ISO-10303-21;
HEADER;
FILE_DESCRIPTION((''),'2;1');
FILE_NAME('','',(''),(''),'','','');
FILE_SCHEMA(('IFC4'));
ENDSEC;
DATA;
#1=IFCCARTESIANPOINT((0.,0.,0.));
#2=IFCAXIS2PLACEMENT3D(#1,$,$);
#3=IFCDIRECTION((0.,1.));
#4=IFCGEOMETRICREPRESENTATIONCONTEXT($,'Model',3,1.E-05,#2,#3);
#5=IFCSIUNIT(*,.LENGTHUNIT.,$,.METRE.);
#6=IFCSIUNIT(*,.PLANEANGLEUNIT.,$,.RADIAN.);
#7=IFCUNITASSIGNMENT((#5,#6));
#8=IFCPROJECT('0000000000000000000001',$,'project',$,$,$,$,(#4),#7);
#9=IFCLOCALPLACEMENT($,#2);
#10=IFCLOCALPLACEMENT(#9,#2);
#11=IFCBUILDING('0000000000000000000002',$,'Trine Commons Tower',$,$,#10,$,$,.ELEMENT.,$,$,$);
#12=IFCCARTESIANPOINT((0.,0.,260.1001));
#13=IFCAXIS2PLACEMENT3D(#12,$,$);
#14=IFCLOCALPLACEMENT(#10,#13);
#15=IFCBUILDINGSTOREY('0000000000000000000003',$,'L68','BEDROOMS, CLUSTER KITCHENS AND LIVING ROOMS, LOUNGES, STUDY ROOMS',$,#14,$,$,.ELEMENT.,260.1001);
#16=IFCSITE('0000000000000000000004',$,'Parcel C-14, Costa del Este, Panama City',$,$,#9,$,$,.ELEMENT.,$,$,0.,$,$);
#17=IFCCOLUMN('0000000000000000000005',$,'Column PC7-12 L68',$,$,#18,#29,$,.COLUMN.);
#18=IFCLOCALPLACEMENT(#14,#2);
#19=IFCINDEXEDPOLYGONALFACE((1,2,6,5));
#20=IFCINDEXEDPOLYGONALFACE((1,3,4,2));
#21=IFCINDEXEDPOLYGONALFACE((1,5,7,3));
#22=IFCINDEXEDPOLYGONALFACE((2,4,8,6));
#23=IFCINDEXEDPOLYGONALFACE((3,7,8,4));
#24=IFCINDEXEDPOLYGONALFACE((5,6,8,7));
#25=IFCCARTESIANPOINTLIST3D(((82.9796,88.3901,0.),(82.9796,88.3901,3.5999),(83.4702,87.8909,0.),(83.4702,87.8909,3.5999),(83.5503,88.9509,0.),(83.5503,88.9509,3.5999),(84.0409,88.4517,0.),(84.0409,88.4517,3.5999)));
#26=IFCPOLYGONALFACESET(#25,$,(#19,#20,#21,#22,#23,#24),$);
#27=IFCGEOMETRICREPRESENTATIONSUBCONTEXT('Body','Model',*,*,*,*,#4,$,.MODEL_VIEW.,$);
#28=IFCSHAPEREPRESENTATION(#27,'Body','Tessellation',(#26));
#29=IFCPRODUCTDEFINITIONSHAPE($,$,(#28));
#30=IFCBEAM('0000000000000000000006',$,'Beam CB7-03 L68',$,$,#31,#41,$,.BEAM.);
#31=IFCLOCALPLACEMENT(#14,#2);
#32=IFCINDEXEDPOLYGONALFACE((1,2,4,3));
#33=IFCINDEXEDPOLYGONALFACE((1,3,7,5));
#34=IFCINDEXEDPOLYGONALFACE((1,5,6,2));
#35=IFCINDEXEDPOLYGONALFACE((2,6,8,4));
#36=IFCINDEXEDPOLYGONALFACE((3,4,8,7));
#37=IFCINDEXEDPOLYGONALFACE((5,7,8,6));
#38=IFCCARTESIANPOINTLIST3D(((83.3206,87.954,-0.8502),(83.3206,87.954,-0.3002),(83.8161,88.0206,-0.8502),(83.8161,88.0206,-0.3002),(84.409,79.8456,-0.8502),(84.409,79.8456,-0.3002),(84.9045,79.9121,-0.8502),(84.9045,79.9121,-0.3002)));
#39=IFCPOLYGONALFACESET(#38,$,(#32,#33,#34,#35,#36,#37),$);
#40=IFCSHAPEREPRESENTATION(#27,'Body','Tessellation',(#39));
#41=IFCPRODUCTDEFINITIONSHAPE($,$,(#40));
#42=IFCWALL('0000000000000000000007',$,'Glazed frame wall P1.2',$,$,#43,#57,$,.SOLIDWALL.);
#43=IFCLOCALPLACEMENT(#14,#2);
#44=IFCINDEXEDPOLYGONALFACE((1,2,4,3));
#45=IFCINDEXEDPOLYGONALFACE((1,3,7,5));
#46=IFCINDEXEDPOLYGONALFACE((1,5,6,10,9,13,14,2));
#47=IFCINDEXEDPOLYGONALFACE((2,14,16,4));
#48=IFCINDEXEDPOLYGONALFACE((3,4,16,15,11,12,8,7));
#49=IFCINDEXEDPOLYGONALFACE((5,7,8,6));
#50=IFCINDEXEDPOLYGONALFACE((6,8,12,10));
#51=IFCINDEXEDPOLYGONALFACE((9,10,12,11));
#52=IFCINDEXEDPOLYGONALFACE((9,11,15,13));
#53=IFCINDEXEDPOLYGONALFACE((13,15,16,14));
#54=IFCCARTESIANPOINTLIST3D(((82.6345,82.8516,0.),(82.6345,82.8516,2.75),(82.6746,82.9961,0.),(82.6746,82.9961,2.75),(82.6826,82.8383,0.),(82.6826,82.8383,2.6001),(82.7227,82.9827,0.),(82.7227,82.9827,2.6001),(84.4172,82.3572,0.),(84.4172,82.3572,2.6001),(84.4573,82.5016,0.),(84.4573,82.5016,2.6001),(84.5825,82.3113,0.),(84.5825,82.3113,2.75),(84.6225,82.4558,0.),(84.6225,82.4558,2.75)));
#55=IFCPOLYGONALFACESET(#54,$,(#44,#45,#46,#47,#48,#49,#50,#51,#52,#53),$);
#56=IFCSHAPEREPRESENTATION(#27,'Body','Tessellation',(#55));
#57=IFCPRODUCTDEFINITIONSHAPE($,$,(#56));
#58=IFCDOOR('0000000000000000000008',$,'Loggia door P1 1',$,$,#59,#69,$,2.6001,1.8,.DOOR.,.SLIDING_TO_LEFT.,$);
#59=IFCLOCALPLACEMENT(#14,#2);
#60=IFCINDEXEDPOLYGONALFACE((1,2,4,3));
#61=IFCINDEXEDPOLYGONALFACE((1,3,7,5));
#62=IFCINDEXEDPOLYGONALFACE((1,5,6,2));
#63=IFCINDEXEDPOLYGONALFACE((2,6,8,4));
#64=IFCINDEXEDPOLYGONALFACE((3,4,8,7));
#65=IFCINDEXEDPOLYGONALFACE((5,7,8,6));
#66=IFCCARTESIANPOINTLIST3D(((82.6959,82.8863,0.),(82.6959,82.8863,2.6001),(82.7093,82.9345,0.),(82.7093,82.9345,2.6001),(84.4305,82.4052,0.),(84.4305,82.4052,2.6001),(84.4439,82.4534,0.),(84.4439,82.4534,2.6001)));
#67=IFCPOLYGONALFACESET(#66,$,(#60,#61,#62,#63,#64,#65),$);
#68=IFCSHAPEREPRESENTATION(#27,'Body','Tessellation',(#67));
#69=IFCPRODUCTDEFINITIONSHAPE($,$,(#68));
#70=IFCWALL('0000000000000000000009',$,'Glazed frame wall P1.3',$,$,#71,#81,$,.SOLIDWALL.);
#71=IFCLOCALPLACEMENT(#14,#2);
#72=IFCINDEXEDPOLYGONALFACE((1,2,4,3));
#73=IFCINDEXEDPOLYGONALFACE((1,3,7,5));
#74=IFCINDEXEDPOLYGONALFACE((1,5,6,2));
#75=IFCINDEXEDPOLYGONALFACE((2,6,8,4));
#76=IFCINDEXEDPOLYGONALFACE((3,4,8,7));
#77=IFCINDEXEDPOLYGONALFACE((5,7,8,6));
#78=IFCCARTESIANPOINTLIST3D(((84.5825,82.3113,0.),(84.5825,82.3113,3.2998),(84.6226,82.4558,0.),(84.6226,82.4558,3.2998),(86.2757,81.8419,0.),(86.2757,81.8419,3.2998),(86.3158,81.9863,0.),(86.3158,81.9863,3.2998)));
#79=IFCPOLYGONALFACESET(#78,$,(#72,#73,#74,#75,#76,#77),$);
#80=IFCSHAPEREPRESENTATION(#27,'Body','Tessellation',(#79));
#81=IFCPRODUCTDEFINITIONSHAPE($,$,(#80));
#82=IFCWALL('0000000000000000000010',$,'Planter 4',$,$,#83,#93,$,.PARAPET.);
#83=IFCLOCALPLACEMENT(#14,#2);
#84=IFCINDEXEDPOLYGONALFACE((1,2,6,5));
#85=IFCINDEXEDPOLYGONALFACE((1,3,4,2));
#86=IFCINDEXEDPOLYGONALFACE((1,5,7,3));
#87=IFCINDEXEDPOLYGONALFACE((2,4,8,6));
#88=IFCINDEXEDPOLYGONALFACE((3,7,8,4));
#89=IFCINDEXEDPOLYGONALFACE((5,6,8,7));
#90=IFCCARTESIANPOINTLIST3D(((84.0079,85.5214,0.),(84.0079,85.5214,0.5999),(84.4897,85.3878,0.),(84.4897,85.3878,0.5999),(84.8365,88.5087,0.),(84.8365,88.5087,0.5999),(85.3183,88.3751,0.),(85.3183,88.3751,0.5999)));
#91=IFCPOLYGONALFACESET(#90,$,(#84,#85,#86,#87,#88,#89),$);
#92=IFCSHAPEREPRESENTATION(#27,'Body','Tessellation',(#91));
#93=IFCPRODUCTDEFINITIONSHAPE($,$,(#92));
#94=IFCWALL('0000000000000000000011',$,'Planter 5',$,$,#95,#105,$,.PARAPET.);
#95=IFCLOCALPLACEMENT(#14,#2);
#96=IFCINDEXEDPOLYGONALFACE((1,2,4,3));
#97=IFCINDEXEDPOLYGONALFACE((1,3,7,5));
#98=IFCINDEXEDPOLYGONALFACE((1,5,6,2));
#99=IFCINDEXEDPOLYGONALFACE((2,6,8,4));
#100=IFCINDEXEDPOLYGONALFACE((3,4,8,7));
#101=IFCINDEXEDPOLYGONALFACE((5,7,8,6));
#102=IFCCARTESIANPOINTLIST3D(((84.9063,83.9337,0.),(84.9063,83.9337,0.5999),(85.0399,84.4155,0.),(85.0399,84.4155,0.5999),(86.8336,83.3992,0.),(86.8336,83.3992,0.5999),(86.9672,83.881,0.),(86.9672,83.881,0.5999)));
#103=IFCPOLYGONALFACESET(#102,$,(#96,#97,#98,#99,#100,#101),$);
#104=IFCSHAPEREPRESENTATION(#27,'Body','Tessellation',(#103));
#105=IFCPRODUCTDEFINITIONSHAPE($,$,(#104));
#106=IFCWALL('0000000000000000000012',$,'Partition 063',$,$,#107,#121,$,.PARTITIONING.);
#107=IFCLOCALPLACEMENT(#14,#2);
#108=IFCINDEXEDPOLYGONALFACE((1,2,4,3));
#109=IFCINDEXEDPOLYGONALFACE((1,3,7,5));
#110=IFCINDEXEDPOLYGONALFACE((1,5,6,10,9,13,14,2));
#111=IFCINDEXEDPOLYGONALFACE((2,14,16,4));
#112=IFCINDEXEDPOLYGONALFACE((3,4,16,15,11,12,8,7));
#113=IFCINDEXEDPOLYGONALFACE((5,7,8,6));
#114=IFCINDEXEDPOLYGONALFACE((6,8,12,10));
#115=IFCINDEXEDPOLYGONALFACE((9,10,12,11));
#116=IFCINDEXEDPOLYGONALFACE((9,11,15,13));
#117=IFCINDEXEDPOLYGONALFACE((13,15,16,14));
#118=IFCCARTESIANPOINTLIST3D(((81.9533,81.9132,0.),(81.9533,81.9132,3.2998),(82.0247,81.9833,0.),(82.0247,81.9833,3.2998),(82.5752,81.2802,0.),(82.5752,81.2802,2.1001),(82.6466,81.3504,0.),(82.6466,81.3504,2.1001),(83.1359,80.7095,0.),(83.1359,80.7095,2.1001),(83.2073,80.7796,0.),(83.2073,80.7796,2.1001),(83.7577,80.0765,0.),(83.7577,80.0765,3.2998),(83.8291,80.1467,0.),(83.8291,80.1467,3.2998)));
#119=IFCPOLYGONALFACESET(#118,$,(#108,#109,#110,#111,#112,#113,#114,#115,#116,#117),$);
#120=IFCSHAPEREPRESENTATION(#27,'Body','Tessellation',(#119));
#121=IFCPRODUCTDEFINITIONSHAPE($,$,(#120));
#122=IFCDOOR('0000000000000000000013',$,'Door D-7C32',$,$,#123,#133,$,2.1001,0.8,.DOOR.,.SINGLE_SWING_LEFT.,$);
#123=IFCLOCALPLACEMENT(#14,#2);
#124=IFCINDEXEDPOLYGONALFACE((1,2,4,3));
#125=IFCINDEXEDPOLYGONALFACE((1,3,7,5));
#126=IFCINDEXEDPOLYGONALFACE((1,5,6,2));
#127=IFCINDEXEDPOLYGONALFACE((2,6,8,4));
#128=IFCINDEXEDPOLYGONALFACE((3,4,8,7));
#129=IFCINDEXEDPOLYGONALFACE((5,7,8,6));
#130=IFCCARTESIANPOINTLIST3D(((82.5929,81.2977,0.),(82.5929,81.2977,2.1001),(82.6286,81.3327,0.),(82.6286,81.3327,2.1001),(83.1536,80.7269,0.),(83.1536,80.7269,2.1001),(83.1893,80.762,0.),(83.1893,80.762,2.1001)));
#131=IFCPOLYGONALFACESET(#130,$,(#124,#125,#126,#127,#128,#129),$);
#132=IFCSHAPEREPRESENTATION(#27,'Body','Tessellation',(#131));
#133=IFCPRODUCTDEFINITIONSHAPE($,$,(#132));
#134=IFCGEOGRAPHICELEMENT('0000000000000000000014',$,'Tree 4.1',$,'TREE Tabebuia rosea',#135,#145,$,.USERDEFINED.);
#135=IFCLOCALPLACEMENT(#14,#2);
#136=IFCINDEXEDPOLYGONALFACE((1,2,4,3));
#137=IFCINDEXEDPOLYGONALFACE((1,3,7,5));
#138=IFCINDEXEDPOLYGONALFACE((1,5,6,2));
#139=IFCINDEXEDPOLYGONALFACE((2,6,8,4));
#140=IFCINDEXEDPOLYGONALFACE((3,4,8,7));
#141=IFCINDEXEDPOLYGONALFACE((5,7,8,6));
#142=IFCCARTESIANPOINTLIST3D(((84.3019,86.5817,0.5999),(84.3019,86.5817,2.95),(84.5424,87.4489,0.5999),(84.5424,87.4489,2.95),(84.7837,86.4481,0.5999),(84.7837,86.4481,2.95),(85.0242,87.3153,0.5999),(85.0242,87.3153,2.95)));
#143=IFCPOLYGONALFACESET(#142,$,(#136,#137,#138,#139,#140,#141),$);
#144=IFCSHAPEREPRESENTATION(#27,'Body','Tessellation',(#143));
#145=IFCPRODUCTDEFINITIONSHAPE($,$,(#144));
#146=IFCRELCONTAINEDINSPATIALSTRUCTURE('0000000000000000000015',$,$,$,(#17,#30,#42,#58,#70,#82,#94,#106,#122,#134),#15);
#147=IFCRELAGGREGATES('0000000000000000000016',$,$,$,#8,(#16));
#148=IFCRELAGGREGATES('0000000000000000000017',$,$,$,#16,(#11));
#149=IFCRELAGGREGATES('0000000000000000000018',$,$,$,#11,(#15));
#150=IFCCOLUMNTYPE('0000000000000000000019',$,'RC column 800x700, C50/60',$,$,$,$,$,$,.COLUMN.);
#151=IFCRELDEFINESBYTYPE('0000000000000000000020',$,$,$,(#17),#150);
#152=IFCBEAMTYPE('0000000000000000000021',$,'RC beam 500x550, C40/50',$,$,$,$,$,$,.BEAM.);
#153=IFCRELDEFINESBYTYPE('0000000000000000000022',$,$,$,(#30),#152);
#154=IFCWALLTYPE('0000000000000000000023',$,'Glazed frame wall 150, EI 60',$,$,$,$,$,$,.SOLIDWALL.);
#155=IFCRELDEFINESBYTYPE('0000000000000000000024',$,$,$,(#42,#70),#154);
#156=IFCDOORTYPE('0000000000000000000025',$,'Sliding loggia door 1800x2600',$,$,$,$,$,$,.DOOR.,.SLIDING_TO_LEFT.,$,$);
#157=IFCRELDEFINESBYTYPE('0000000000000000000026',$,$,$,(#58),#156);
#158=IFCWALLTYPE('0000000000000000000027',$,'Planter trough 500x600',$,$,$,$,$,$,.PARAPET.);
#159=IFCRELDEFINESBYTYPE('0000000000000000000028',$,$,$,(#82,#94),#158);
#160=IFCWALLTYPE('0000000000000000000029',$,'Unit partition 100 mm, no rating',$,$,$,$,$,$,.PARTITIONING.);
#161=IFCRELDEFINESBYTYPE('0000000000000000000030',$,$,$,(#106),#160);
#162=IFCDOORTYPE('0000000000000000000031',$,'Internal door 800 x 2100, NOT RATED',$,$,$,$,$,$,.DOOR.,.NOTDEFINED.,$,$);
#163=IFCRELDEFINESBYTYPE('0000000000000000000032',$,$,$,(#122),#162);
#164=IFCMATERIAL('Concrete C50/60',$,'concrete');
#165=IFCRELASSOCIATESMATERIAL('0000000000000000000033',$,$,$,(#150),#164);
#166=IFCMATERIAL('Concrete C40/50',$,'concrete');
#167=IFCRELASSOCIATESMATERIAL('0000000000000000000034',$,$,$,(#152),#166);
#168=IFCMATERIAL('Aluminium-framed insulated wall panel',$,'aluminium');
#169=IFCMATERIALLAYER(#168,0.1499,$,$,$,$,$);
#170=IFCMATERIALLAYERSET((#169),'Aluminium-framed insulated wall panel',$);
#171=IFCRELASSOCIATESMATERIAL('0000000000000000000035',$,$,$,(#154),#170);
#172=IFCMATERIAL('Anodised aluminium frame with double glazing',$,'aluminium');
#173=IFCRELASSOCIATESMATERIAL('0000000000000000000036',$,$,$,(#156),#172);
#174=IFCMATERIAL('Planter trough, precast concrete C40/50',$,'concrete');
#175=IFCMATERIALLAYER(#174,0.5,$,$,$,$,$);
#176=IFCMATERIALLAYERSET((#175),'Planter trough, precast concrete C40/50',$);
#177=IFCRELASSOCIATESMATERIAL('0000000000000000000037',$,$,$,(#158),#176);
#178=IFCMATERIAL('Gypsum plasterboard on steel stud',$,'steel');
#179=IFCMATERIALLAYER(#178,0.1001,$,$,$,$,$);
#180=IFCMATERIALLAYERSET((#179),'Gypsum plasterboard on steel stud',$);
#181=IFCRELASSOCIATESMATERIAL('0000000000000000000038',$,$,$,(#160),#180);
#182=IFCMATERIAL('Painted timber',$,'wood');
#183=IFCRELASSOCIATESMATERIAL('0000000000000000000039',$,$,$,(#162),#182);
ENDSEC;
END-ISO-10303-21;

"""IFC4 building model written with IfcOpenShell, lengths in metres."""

from ifc_helpers import new_model, si_unit, direction, frame, frame_2d, origin, origin_2d, place, context, subcontext, project, spatial, polyline, rectangle, outline, extrude, material, layer, layer_set, material_profile, profile_set, type_object, element, fill, save


model = new_model("IFC4")

# Units and contexts
model_context = context("Model", 3, precision=1e-05, world=origin(), true_north=direction((0.0, 1.0)))
body_context = subcontext(model_context, "Body", "Model", "MODEL_VIEW")
ifc_project = project(units=[si_unit("LENGTHUNIT", "METRE"), si_unit("PLANEANGLEUNIT", "RADIAN")], contexts=[model_context])

# Site, building, storey
site_placement = place(None, origin())
site = spatial("IfcSite", under=ifc_project, at=site_placement, Name="Parcel C-14, Costa del Este, Panama City", CompositionType="ELEMENT", RefElevation=0.0)
building_placement = place(site_placement, origin())
building = spatial("IfcBuilding", under=site, at=building_placement, Name="Trine Commons Tower", CompositionType="ELEMENT")
storey_placement = place(building_placement, frame((0.0, 0.0, 260.1001)))
storey = spatial("IfcBuildingStorey", under=building, at=storey_placement, Name="L68", Description="BEDROOMS, CLUSTER KITCHENS AND LIVING ROOMS, LOUNGES, STUDY ROOMS", CompositionType="ELEMENT", Elevation=260.1001)

# Column
ifc_material_1 = material(Name="Concrete C50/60", Category="concrete")
ifc_material_profile_1 = material_profile(ifc_material_1, rectangle(XDim=0.8, YDim=0.7, at=origin_2d()), Name="RC 800x700")
ifc_profile_set_1 = profile_set([ifc_material_profile_1], Name="Concrete C50/60")
column_type = type_object("IfcColumnType", Name="RC column 800x700, C50/60", PredefinedType="COLUMN", material=ifc_profile_set_1)
column_placement = place(storey_placement, frame((83.5103, 88.4209, 0.0), z_axis=(0.0, 0.0, 1.0), x_axis=(0.71325, 0.700909, 0.0)))
element("IfcColumn", 1, at=column_placement, inside=storey, type_object=column_type, Name="Column PC7-12 L68", PredefinedType="COLUMN", context=body_context, shape_type="SweptSolid", body=[
    extrude(rectangle(XDim=0.8, YDim=0.7, at=origin_2d()), origin(), (0.0, 0.0, 1.0), 3.5999),
])

# Beam
ifc_material_2 = material(Name="Concrete C40/50", Category="concrete")
ifc_material_profile_2 = material_profile(ifc_material_2, rectangle(XDim=0.5, YDim=0.55, at=origin_2d()), Name="RC 500x550")
ifc_profile_set_2 = profile_set([ifc_material_profile_2], Name="Concrete C40/50")
beam_type = type_object("IfcBeamType", Name="RC beam 500x550, C40/50", PredefinedType="BEAM", material=ifc_profile_set_2)
beam_placement = place(storey_placement, frame((83.5684, 87.9873, -0.5752), z_axis=(0.133035, -0.991111, 0.0), x_axis=(0.991111, 0.133035, 0.0)))
element("IfcBeam", 2, at=beam_placement, inside=storey, type_object=beam_type, Name="Beam CB7-03 L68", PredefinedType="BEAM", context=body_context, shape_type="SweptSolid", body=[
    extrude(rectangle(XDim=0.5, YDim=0.55, at=origin_2d()), origin(), (0.0, 0.0, 1.0), 8.1812),
])

# Shared definitions
ifc_material_3 = material(Name="Aluminium-framed insulated wall panel", Category="aluminium")
ifc_layer_1 = layer(ifc_material_3, 0.1499)
ifc_layer_set_1 = layer_set([ifc_layer_1], Name="Aluminium-framed insulated wall panel")
wall_type_1 = type_object("IfcWallType", Name="Glazed frame wall 150, EI 60", PredefinedType="SOLIDWALL", material=ifc_layer_set_1)

# Wall, opening, door
wall_1_placement = place(storey_placement, frame((82.6545, 82.9238, 0.0), z_axis=(0.0, 0.0, 1.0), x_axis=(0.963623, -0.267264, 0.0)))
wall_1 = element("IfcWall", 3, at=wall_1_placement, inside=storey, type_object=wall_type_1, Name="Glazed frame wall P1.2", PredefinedType="SOLIDWALL", context=body_context, shape_type="SweptSolid", body=[
    extrude(outline(polyline([(0.0, -0.075), (2.0215, -0.075), (2.0215, 0.075), (0.0, 0.075), (0.0, -0.075)])), origin(), (0.0, 0.0, 1.0), 2.75),
])
opening_1_placement = place(wall_1_placement, frame((0.05, 0.0, 0.0)))
opening_1 = element("IfcOpeningElement", 4, at=opening_1_placement, cuts=wall_1, PredefinedType="OPENING", context=body_context, shape_type="SweptSolid", body=[
    extrude(rectangle(XDim=1.8, YDim=2.6001, at=frame_2d((0.8999, 1.3))), frame((0.0, 0.085, 0.0), z_axis=(0.0, -1.0, 0.0), x_axis=(1.0, 0.0, 0.0)), (0.0, 0.0, 1.0), 0.1699),
])
ifc_material_4 = material(Name="Anodised aluminium frame with double glazing", Category="aluminium")
door_type_1 = type_object("IfcDoorType", Name="Sliding loggia door 1800x2600", OperationType="SLIDING_TO_LEFT", PredefinedType="DOOR", material=ifc_material_4)
door_1_placement = place(opening_1_placement, origin())
door_1 = element("IfcDoor", 5, at=door_1_placement, inside=storey, type_object=door_type_1, Name="Loggia door P1 1", OperationType="SLIDING_TO_LEFT", OverallHeight=2.6001, OverallWidth=1.8, PredefinedType="DOOR", context=body_context, shape_type="SweptSolid", body=[
    extrude(rectangle(XDim=1.8, YDim=2.6001, at=frame_2d((0.8999, 1.3))), frame((0.0, 0.0249, 0.0), z_axis=(0.0, -1.0, 0.0), x_axis=(1.0, 0.0, 0.0)), (0.0, 0.0, 1.0), 0.05),
])
fill(opening_1, door_1)

# Walls
wall_2_placement = place(storey_placement, frame((84.6025, 82.3835, 0.0), z_axis=(0.0, 0.0, 1.0), x_axis=(0.963649, -0.267171, 0.0)))
element("IfcWall", 6, at=wall_2_placement, inside=storey, type_object=wall_type_1, Name="Glazed frame wall P1.3", PredefinedType="SOLIDWALL", context=body_context, shape_type="SweptSolid", body=[
    extrude(outline(polyline([(0.0, -0.075), (1.7571, -0.075), (1.7571, 0.075), (0.0, 0.075), (0.0, -0.075)])), origin(), (0.0, 0.0, 1.0), 3.2998),
])
ifc_material_5 = material(Name="Planter trough, precast concrete C40/50", Category="concrete")
ifc_layer_2 = layer(ifc_material_5, 0.5)
ifc_layer_set_2 = layer_set([ifc_layer_2], Name="Planter trough, precast concrete C40/50")
wall_type_2 = type_object("IfcWallType", Name="Planter trough 500x600", PredefinedType="PARAPET", material=ifc_layer_set_2)
wall_3_placement = place(storey_placement, frame((85.0774, 88.4419, 0.0), z_axis=(0.0, 0.0, 1.0), x_axis=(-0.267286, -0.963617, 0.0)))
element("IfcWall", 7, at=wall_3_placement, inside=storey, type_object=wall_type_2, Name="Planter 4", PredefinedType="PARAPET", context=body_context, shape_type="SweptSolid", body=[
    extrude(rectangle(XDim=3.1001, YDim=0.5, at=frame_2d((1.55, 0.0))), origin(), (0.0, 0.0, 1.0), 0.5999),
])
wall_4_placement = place(storey_placement, frame((84.9731, 84.1746, 0.0), z_axis=(0.0, 0.0, 1.0), x_axis=(0.963637, -0.267216, 0.0)))
element("IfcWall", 8, at=wall_4_placement, inside=storey, type_object=wall_type_2, Name="Planter 5", PredefinedType="PARAPET", context=body_context, shape_type="SweptSolid", body=[
    extrude(rectangle(XDim=2.0, YDim=0.5, at=frame_2d((1.0, 0.0))), origin(), (0.0, 0.0, 1.0), 0.5999),
])

# Wall, opening, door
ifc_material_6 = material(Name="Gypsum plasterboard on steel stud", Category="steel")
ifc_layer_3 = layer(ifc_material_6, 0.1001)
ifc_layer_set_3 = layer_set([ifc_layer_3], Name="Gypsum plasterboard on steel stud")
wall_type_3 = type_object("IfcWallType", Name="Unit partition 100 mm, no rating", PredefinedType="PARTITIONING", material=ifc_layer_set_3)
wall_5_placement = place(storey_placement, frame((81.989, 81.9482, 0.0), z_axis=(0.0, 0.0, 1.0), x_axis=(0.700821, -0.713337, 0.0)))
wall_5 = element("IfcWall", 9, at=wall_5_placement, inside=storey, type_object=wall_type_3, Name="Partition 063", PredefinedType="PARTITIONING", context=body_context, shape_type="SweptSolid", body=[
    extrude(rectangle(XDim=2.5747, YDim=0.1001, at=frame_2d((1.2874, 0.0))), origin(), (0.0, 0.0, 1.0), 3.2998),
])
opening_2_placement = place(wall_5_placement, frame((0.8875, 0.0, 0.0)))
opening_2 = element("IfcOpeningElement", 10, at=opening_2_placement, cuts=wall_5, PredefinedType="OPENING", context=body_context, shape_type="SweptSolid", body=[
    extrude(rectangle(XDim=0.8, YDim=2.1001, at=frame_2d((0.3999, 1.05))), frame((0.0, 0.0601, 0.0), z_axis=(0.0, -1.0, 0.0), x_axis=(1.0, 0.0, 0.0)), (0.0, 0.0, 1.0), 0.1201),
])
ifc_material_7 = material(Name="Painted timber", Category="wood")
door_type_2 = type_object("IfcDoorType", Name="Internal door 800 x 2100, NOT RATED", OperationType="NOTDEFINED", PredefinedType="DOOR", material=ifc_material_7)
door_2_placement = place(opening_2_placement, origin())
door_2 = element("IfcDoor", 11, at=door_2_placement, inside=storey, type_object=door_type_2, Name="Door D-7C32", OperationType="SINGLE_SWING_LEFT", OverallHeight=2.1001, OverallWidth=0.8, PredefinedType="DOOR", context=body_context, shape_type="SweptSolid", body=[
    extrude(rectangle(XDim=0.8, YDim=2.1001, at=frame_2d((0.3999, 1.05))), frame((0.0, 0.0249, 0.0), z_axis=(0.0, -1.0, 0.0), x_axis=(1.0, 0.0, 0.0)), (0.0, 0.0, 1.0), 0.05),
])
fill(opening_2, door_2)

# Geographic element
geographic_element_placement = place(storey_placement, frame((84.6631, 86.9485, 0.5999), z_axis=(0.0, 0.0, 1.0), x_axis=(-0.26724, -0.96363, 0.0)))
element("IfcGeographicElement", 12, at=geographic_element_placement, inside=storey, Name="Tree 4.1", ObjectType="TREE Tabebuia rosea", PredefinedType="USERDEFINED", context=body_context, shape_type="SweptSolid", body=[
    extrude(rectangle(XDim=0.8999, YDim=0.5, at=origin_2d()), origin(), (0.0, 0.0, 1.0), 2.3501),
])

save(model, "model.ifc")
